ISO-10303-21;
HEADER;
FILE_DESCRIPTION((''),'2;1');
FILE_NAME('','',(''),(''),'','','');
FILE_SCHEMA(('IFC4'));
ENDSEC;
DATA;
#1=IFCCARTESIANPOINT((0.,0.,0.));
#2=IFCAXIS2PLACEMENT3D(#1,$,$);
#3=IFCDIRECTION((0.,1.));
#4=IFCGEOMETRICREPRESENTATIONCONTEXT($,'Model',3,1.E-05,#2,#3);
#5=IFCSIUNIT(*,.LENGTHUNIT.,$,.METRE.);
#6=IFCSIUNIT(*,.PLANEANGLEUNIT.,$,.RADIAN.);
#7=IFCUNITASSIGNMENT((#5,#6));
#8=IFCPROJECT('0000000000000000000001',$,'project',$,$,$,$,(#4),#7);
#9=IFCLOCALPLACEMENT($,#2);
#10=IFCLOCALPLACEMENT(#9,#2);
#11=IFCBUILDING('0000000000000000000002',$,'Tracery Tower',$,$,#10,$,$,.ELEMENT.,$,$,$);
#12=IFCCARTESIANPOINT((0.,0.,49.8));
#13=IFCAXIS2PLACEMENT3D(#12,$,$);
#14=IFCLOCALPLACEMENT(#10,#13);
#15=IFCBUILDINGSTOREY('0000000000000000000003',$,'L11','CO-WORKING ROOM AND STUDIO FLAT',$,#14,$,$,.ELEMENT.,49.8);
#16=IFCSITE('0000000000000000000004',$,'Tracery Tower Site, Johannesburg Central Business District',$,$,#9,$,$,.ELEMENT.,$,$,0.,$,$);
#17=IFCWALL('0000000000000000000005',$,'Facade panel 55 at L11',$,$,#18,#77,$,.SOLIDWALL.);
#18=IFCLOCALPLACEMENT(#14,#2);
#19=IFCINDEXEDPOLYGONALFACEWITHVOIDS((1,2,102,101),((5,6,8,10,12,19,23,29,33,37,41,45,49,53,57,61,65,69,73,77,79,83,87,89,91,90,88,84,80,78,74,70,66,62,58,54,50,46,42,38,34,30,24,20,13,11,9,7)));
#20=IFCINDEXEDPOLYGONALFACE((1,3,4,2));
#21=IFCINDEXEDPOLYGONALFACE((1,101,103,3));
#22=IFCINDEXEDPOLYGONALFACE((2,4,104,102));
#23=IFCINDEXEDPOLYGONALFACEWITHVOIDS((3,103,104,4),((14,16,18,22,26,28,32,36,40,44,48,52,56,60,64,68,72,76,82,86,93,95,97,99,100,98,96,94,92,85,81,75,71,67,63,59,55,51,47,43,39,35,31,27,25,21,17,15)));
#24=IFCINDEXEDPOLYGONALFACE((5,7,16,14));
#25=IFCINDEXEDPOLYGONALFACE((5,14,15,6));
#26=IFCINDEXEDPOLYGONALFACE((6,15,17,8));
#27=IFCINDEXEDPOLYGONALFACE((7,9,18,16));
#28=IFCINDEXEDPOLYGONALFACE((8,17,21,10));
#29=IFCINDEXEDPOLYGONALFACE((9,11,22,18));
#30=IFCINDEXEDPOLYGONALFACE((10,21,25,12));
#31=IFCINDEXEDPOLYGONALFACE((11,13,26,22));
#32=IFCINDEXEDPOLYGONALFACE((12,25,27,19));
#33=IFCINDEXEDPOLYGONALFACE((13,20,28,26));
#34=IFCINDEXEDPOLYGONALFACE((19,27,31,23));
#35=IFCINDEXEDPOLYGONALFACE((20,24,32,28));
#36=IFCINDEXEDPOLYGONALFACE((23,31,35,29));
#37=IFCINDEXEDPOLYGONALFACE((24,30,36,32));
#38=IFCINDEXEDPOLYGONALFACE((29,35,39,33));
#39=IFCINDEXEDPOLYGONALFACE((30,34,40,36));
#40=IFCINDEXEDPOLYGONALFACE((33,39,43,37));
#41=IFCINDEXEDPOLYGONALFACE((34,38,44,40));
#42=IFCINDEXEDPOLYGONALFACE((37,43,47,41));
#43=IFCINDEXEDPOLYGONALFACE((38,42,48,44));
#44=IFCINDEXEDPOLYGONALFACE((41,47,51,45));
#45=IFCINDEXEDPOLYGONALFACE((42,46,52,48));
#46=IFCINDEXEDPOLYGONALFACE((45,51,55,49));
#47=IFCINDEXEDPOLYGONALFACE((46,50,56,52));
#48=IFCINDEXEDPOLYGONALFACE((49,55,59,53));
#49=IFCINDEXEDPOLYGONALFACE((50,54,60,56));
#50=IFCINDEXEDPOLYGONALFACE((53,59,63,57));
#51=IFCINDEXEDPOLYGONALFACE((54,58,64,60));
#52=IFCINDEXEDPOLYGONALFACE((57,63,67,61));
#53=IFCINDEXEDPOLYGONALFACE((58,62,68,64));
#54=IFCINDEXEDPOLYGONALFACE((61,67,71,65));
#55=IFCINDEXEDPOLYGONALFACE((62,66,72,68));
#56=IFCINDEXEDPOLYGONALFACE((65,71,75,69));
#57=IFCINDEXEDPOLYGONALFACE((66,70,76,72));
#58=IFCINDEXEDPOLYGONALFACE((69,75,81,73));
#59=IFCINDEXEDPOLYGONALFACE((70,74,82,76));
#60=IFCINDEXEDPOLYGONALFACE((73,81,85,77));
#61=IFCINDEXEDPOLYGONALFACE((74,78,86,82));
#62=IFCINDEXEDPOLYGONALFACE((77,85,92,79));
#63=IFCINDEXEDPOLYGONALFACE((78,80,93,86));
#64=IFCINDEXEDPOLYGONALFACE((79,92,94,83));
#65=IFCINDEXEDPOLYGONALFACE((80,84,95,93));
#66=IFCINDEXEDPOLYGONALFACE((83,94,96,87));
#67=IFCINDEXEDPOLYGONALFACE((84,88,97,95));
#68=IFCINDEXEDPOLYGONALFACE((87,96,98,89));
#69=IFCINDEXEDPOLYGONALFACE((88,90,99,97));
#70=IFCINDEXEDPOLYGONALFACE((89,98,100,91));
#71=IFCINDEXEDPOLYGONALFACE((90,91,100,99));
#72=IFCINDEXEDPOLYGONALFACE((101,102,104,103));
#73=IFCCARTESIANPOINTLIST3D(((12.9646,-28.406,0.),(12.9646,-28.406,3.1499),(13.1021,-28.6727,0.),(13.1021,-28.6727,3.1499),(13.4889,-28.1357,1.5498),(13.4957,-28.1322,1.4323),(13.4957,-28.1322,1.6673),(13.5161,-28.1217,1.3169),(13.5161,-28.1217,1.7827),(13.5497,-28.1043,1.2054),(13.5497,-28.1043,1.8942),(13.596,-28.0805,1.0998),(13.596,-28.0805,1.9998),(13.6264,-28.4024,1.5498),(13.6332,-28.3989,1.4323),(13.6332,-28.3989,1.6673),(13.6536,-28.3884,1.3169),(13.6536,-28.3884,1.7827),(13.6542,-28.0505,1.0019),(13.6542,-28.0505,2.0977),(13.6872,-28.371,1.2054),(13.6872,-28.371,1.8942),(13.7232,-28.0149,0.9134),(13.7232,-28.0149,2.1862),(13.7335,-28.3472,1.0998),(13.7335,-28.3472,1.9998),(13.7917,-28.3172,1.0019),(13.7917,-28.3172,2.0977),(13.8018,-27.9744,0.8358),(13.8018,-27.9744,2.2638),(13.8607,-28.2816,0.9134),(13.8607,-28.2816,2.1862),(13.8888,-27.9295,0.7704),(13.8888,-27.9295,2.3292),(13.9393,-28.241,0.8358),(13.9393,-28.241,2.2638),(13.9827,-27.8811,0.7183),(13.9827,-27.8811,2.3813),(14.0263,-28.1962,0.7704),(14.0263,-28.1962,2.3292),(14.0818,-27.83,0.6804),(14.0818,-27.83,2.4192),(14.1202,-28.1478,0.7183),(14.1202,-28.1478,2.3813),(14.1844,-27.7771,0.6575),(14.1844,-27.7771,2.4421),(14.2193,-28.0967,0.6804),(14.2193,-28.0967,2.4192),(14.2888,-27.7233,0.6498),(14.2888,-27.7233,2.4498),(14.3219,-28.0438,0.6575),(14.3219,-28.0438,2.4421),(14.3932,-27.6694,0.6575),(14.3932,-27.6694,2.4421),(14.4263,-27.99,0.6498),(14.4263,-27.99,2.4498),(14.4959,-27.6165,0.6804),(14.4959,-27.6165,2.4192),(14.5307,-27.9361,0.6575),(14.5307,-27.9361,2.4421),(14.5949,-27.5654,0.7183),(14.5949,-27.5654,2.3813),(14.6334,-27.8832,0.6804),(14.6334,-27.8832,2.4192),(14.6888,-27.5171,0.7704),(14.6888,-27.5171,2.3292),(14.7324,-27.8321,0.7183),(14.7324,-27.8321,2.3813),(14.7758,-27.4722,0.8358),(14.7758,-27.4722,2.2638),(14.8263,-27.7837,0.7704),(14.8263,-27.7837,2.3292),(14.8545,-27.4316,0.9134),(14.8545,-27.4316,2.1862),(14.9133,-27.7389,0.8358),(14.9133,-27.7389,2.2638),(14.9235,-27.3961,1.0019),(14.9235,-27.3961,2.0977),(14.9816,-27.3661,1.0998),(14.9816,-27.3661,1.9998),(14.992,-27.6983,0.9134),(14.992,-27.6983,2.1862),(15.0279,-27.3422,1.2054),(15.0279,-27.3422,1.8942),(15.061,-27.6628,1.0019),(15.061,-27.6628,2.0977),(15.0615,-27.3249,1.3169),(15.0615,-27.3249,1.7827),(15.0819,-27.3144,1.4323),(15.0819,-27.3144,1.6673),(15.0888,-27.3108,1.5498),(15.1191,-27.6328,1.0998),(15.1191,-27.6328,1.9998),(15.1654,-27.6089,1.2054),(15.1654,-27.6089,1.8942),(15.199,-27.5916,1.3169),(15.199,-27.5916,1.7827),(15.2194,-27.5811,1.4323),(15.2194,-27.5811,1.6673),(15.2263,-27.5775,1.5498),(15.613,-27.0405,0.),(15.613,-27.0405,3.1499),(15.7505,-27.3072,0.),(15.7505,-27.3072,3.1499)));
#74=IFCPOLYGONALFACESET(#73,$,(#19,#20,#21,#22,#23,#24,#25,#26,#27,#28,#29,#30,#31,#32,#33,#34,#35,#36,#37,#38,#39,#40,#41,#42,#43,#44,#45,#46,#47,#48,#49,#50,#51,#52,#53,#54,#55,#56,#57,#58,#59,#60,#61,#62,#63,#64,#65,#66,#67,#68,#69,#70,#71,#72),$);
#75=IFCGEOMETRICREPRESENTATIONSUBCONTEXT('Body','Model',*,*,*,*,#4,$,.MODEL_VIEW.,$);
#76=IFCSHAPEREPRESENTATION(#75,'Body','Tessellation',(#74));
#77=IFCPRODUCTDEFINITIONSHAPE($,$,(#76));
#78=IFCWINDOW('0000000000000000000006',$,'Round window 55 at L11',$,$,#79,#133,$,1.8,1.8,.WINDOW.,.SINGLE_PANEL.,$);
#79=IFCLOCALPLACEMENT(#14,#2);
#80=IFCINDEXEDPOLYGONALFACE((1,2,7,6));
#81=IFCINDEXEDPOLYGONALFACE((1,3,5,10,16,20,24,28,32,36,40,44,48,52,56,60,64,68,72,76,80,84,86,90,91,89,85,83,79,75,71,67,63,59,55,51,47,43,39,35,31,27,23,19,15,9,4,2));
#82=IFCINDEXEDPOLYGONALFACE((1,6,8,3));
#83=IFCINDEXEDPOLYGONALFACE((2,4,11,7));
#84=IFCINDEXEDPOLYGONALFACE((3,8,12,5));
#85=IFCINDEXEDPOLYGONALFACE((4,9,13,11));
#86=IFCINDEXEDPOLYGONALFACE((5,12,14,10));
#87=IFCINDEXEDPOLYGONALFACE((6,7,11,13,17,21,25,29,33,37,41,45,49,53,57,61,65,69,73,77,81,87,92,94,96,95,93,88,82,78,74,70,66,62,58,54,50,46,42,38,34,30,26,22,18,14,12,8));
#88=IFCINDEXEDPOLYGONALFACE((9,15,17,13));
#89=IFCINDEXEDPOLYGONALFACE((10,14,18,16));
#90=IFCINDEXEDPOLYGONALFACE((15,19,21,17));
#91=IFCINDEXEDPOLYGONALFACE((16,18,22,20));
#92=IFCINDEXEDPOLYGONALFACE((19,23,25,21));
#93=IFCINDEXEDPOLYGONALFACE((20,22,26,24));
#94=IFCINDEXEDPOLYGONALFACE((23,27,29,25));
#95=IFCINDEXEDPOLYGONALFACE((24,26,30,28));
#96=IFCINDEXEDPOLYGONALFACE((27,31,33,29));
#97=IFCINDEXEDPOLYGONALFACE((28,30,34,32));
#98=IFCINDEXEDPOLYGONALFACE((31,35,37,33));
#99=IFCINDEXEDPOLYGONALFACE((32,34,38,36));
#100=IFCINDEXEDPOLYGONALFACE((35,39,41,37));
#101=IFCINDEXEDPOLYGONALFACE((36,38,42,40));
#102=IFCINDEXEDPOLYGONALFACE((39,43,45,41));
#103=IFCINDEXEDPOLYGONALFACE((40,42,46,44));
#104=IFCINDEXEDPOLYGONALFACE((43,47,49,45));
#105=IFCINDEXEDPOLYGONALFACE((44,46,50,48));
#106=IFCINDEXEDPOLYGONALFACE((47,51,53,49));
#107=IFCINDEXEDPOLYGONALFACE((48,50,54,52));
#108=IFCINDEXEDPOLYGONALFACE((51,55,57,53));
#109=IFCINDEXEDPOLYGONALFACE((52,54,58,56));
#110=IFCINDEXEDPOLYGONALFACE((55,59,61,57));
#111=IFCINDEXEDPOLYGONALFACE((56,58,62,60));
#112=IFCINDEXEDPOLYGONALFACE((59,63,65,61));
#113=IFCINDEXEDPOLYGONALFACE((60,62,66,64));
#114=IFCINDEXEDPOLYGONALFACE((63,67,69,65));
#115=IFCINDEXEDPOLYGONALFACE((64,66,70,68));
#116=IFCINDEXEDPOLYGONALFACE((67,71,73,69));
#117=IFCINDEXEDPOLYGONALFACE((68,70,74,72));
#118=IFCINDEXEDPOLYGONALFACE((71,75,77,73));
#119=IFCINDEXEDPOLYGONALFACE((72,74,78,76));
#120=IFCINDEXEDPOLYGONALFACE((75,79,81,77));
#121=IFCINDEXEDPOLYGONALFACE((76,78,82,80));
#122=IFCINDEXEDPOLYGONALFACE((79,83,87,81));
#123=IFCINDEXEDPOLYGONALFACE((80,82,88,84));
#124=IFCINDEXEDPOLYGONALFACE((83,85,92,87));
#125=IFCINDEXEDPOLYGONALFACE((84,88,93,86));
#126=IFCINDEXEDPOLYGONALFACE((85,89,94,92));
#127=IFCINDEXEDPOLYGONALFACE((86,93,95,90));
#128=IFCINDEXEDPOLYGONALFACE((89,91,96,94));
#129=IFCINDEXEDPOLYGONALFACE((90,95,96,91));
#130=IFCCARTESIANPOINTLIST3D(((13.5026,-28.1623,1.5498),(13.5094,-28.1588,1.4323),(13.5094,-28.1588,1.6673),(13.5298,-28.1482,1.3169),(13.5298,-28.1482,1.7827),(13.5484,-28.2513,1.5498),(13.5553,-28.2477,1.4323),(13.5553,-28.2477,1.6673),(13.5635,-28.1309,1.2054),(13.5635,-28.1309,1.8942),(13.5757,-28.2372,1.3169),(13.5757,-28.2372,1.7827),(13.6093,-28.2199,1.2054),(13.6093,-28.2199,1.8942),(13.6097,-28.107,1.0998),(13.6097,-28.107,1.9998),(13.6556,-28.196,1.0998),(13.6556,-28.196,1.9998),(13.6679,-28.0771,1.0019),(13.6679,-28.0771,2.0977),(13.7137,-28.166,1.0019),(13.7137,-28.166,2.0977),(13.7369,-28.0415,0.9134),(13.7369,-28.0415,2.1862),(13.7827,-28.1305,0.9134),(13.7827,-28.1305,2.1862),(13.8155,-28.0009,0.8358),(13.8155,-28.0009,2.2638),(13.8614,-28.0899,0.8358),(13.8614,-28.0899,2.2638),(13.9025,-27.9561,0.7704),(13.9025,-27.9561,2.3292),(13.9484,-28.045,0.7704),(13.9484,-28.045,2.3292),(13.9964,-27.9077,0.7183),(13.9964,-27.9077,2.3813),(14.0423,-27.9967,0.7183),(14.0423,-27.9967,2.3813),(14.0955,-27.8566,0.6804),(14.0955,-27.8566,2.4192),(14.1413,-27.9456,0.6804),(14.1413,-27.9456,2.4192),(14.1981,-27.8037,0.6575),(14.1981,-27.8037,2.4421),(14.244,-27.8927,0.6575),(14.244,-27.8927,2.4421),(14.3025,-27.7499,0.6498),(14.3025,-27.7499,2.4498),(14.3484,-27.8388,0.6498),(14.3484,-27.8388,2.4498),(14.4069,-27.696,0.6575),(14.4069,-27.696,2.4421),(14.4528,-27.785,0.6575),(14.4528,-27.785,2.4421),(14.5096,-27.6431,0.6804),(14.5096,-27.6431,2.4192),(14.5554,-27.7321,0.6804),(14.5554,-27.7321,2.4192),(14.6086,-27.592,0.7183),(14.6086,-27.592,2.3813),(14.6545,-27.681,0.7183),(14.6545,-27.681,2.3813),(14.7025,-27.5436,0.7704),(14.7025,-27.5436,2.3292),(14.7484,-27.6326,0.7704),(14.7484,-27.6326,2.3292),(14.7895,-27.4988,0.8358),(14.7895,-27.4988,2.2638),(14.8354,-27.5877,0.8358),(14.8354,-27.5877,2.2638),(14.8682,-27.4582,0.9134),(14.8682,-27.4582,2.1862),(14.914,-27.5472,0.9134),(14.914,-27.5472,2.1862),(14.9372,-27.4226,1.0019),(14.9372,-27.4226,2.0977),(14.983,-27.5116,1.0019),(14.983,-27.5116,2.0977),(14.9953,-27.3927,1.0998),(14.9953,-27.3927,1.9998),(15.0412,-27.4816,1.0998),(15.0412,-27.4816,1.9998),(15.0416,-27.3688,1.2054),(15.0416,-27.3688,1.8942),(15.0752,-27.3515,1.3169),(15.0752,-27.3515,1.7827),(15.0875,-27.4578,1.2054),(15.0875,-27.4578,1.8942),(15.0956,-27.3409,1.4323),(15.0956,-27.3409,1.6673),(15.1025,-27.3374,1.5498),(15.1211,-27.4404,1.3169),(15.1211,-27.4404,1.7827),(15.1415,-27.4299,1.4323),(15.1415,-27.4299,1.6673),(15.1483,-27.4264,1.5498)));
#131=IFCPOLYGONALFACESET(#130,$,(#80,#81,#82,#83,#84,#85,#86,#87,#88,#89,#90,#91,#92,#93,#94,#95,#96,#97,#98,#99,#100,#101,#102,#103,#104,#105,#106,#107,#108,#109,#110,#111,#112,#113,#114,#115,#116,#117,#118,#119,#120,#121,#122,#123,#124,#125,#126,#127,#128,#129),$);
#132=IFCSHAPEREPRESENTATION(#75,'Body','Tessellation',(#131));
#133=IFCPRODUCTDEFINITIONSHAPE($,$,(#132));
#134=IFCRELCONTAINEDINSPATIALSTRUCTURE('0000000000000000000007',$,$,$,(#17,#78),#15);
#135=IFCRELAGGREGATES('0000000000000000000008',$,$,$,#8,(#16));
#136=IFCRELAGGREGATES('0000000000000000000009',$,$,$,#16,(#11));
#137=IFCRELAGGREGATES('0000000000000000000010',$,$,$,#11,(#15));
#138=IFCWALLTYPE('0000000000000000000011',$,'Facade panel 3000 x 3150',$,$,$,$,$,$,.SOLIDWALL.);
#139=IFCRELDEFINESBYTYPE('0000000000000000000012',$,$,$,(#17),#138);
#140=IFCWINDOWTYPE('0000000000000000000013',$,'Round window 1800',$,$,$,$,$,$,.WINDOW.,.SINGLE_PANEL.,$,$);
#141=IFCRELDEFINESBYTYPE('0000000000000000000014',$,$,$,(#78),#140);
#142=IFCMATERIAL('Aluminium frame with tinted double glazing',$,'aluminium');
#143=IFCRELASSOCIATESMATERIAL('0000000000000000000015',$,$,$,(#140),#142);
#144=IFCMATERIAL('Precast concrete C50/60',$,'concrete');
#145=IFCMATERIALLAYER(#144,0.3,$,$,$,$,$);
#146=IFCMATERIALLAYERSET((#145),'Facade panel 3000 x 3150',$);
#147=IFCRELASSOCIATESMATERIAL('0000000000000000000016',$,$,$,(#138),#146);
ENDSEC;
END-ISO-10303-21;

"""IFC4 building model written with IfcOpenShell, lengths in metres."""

from ifc_helpers import new_model, si_unit, direction, frame, frame_2d, origin, origin_2d, place, context, subcontext, project, spatial, rectangle, circle, extrude, material, layer, layer_set, type_object, element, fill, save


model = new_model("IFC4")

# Units and contexts
model_context = context("Model", 3, precision=1e-05, world=origin(), true_north=direction((0.0, 1.0)))
body_context = subcontext(model_context, "Body", "Model", "MODEL_VIEW")
ifc_project = project(units=[si_unit("LENGTHUNIT", "METRE"), si_unit("PLANEANGLEUNIT", "RADIAN")], contexts=[model_context])

# Site, building, storey
site_placement = place(None, origin())
site = spatial("IfcSite", under=ifc_project, at=site_placement, Name="Tracery Tower Site, Johannesburg Central Business District", CompositionType="ELEMENT", RefElevation=0.0)
building_placement = place(site_placement, origin())
building = spatial("IfcBuilding", under=site, at=building_placement, Name="Tracery Tower", CompositionType="ELEMENT")
storey_placement = place(building_placement, frame((0.0, 0.0, 49.8)))
storey = spatial("IfcBuildingStorey", under=building, at=storey_placement, Name="L11", Description="CO-WORKING ROOM AND STUDIO FLAT", CompositionType="ELEMENT", Elevation=49.8)

# Wall, opening, window
ifc_material_1 = material(Name="Aluminium frame with tinted double glazing", Category="aluminium")
window_type = type_object("IfcWindowType", Name="Round window 1800", PartitioningType="SINGLE_PANEL", PredefinedType="WINDOW", material=ifc_material_1)
ifc_material_2 = material(Name="Precast concrete C50/60", Category="concrete")
ifc_layer_1 = layer(ifc_material_2, 0.3)
ifc_layer_set_1 = layer_set([ifc_layer_1], Name="Facade panel 3000 x 3150")
wall_type_1 = type_object("IfcWallType", Name="Facade panel 3000 x 3150", PredefinedType="SOLIDWALL", material=ifc_layer_set_1)
wall_1_placement = place(storey_placement, frame((13.0334, -28.5393, 0.0), z_axis=(0.0, 0.0, 1.0), x_axis=(0.88882, 0.458257, 0.0)))
wall_1 = element("IfcWall", 1, at=wall_1_placement, inside=storey, type_object=wall_type_1, Name="Facade panel 55 at L11", PredefinedType="SOLIDWALL", context=body_context, shape_type="SweptSolid", body=[
    extrude(rectangle(XDim=2.9797, YDim=0.3, at=frame_2d((1.4897, 0.0))), origin(), (0.0, 0.0, 1.0), 3.1499),
])
opening_1_placement = place(wall_1_placement, frame((1.4897, 0.0, 1.5498)))
opening_1 = element("IfcOpeningElement", 2, at=opening_1_placement, cuts=wall_1, PredefinedType="OPENING", context=body_context, shape_type="SweptSolid", body=[
    extrude(circle(Radius=0.9, at=origin_2d()), frame((0.0, 0.1599, 0.0), z_axis=(0.0, -1.0, 0.0), x_axis=(1.0, 0.0, 0.0)), (0.0, 0.0, 1.0), 0.3201),
])
window_1_placement = place(opening_1_placement, origin())
window_1 = element("IfcWindow", 3, at=window_1_placement, inside=storey, type_object=window_type, Name="Round window 55 at L11", OverallHeight=1.8, OverallWidth=1.8, PartitioningType="SINGLE_PANEL", PredefinedType="WINDOW", context=body_context, shape_type="SweptSolid", body=[
    extrude(circle(Radius=0.9, at=origin_2d()), frame((0.0, 0.1201, 0.0), z_axis=(0.0, -1.0, 0.0), x_axis=(1.0, 0.0, 0.0)), (0.0, 0.0, 1.0), 0.1001),
])
fill(opening_1, window_1)

save(model, "model.ifc")
